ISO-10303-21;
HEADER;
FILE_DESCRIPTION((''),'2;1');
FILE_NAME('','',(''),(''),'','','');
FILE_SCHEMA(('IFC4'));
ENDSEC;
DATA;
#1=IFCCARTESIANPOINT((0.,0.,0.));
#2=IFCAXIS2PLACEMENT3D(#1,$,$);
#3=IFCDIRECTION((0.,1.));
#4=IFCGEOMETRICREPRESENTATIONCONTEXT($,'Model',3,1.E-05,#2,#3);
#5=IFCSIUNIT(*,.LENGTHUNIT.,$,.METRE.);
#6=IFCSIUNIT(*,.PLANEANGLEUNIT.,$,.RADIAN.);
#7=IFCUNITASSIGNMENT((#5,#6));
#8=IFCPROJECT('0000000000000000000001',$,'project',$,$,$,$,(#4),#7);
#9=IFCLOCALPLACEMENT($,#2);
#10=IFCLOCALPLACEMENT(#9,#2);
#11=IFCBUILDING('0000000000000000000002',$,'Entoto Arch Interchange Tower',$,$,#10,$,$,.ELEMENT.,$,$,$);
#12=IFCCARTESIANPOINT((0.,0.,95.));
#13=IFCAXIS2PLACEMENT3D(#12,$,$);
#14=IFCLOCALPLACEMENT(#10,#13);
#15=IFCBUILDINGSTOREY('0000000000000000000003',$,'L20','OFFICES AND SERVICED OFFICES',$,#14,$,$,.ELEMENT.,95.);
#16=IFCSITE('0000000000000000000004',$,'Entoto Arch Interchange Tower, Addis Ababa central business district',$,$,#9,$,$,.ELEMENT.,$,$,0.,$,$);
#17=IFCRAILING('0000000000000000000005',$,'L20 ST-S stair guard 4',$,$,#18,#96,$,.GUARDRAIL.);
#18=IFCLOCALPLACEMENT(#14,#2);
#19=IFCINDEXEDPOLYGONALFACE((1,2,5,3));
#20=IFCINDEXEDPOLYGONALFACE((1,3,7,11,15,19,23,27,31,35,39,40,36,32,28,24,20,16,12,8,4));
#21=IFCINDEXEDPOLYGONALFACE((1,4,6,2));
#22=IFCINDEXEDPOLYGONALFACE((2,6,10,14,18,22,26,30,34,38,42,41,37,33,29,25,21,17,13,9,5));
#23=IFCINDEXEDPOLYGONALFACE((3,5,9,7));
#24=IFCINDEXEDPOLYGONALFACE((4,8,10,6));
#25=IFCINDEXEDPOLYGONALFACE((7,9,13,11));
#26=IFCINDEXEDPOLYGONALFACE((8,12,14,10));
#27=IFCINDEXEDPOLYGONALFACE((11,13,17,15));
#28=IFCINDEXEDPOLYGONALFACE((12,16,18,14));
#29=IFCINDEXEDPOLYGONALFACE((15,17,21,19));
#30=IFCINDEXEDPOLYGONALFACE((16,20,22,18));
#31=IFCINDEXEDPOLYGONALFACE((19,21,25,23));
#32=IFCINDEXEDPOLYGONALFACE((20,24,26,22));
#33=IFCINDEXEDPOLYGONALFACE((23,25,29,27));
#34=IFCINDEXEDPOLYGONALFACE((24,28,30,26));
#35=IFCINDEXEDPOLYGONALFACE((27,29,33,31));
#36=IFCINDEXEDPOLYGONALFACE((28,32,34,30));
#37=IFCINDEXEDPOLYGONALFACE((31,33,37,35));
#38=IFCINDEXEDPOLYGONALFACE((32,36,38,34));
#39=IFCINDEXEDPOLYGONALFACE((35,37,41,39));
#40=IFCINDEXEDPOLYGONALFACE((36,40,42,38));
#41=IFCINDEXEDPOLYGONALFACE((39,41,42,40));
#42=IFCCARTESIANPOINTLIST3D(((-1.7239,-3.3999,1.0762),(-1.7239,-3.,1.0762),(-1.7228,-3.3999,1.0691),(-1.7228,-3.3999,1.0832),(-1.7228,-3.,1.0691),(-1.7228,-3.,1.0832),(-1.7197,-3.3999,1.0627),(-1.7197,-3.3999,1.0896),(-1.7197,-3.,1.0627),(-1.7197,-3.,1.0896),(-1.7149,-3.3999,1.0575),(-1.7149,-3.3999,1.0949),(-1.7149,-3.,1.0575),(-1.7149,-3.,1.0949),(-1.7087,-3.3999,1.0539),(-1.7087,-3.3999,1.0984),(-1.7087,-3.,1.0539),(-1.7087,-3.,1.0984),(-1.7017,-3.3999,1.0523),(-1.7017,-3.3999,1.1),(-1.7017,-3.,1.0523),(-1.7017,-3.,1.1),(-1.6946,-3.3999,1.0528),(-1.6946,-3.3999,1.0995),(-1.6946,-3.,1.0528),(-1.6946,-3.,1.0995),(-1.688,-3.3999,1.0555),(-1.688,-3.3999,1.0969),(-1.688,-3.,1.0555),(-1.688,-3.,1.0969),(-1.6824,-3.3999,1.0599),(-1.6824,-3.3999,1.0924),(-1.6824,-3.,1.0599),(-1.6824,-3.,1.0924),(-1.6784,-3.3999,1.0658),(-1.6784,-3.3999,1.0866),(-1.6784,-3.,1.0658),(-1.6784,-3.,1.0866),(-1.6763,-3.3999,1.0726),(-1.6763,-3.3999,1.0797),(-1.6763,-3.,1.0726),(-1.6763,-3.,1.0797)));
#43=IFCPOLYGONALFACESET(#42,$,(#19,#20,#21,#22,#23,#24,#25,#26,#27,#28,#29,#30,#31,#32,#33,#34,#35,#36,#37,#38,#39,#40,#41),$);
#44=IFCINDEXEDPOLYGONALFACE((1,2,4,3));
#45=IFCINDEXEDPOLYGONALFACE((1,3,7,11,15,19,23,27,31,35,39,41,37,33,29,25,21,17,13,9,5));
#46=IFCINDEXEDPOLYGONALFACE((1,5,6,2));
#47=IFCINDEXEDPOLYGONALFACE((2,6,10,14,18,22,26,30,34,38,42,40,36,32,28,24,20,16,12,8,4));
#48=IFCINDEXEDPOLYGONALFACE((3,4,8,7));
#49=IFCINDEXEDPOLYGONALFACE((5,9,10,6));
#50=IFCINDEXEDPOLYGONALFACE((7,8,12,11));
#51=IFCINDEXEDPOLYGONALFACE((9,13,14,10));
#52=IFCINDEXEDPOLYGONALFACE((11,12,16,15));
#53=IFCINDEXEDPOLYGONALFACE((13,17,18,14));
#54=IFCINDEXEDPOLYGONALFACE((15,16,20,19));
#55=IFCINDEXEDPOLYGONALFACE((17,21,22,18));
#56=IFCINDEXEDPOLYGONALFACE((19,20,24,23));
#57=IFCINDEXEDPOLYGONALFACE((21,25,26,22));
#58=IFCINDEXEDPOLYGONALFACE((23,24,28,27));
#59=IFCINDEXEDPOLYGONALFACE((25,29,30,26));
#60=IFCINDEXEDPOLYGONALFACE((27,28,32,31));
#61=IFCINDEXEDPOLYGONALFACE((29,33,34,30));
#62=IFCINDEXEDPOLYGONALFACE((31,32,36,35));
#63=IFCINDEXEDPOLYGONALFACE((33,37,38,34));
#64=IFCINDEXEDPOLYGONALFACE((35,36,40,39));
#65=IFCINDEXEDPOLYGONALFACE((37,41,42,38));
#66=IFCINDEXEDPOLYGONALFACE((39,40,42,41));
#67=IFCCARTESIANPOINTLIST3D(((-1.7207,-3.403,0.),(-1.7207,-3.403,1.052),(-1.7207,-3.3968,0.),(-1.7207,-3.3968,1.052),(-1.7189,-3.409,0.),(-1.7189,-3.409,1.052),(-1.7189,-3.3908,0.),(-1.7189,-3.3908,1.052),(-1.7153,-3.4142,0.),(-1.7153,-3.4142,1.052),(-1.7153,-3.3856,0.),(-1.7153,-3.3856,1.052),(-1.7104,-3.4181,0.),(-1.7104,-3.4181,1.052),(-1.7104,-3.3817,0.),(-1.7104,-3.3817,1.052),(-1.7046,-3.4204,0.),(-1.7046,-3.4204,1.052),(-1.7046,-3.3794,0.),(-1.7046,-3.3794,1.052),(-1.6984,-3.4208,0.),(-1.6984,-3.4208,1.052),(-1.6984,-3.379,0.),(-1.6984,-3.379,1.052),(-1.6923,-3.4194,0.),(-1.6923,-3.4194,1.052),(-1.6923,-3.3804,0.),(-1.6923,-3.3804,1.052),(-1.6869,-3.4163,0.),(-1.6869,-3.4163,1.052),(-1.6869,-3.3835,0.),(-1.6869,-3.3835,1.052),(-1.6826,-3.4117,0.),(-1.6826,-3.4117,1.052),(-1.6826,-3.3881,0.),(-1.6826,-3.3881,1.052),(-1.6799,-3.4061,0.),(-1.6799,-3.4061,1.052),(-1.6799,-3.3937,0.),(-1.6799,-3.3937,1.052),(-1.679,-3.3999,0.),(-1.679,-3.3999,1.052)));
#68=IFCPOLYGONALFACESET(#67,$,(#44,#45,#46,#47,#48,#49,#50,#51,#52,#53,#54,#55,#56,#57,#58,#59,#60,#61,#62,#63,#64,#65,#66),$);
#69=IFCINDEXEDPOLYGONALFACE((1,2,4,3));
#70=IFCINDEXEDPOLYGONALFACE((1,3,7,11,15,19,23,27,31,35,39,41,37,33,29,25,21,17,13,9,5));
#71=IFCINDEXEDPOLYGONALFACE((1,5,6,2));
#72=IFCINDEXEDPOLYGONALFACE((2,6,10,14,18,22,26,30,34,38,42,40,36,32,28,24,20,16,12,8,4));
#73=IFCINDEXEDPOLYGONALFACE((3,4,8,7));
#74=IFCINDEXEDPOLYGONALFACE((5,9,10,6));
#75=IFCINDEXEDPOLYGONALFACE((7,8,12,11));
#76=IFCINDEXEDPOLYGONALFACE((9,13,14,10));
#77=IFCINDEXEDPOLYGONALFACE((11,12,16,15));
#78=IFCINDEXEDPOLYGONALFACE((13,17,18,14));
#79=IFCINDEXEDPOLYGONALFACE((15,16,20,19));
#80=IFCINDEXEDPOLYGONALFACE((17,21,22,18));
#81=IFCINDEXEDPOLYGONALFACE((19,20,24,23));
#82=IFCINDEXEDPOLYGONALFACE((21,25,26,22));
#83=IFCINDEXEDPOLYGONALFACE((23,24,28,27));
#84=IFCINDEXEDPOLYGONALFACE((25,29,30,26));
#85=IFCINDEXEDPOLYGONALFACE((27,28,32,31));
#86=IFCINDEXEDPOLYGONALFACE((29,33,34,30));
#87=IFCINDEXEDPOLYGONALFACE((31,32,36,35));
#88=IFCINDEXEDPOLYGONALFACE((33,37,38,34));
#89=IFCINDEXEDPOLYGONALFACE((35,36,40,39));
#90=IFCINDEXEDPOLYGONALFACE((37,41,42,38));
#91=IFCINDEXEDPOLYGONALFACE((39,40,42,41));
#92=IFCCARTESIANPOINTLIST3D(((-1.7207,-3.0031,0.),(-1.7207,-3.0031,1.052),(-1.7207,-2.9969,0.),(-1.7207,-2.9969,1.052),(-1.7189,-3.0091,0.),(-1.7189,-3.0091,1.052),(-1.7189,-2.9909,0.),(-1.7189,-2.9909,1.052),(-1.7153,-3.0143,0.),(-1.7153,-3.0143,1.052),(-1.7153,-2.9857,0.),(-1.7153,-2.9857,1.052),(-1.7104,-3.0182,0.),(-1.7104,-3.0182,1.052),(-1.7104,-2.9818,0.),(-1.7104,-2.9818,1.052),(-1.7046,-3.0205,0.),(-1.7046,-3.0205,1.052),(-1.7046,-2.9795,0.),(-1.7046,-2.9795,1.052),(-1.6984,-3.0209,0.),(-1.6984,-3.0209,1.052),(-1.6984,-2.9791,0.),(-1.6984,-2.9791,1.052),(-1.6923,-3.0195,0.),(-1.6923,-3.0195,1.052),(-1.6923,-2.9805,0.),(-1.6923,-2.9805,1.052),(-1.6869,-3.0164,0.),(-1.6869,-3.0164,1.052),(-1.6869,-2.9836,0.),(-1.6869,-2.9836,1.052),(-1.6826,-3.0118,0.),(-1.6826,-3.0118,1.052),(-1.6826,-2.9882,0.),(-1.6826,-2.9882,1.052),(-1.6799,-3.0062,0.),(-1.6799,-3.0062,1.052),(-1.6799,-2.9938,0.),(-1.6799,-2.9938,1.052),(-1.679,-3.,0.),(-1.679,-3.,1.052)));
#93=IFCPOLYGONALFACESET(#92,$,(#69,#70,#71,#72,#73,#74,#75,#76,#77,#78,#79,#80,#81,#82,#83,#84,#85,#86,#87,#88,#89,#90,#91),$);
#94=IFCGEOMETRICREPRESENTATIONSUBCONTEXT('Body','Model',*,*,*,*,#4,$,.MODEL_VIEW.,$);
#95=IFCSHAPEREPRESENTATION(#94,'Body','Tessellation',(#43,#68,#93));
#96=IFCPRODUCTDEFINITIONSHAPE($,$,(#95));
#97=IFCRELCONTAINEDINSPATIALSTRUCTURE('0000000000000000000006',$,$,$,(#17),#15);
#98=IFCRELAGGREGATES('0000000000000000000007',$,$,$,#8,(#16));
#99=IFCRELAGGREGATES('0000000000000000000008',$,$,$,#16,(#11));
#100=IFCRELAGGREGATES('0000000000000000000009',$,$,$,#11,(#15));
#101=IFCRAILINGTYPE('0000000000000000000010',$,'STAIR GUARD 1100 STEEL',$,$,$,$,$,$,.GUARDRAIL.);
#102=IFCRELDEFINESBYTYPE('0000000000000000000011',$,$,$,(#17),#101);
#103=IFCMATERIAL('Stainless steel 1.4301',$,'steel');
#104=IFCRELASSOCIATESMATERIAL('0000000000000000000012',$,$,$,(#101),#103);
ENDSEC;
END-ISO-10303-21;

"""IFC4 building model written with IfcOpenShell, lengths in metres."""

from ifc_helpers import new_model, si_unit, direction, frame, origin, origin_2d, place, context, subcontext, project, spatial, circle, extrude, material, type_object, element, save


model = new_model("IFC4")

# Units and contexts
model_context = context("Model", 3, precision=1e-05, world=origin(), true_north=direction((0.0, 1.0)))
body_context = subcontext(model_context, "Body", "Model", "MODEL_VIEW")
ifc_project = project(units=[si_unit("LENGTHUNIT", "METRE"), si_unit("PLANEANGLEUNIT", "RADIAN")], contexts=[model_context])

# Site, building, storey
site_placement = place(None, origin())
site = spatial("IfcSite", under=ifc_project, at=site_placement, Name="Entoto Arch Interchange Tower, Addis Ababa central business district", CompositionType="ELEMENT", RefElevation=0.0)
building_placement = place(site_placement, origin())
building = spatial("IfcBuilding", under=site, at=building_placement, Name="Entoto Arch Interchange Tower", CompositionType="ELEMENT")
storey_placement = place(building_placement, frame((0.0, 0.0, 95.0)))
storey = spatial("IfcBuildingStorey", under=building, at=storey_placement, Name="L20", Description="OFFICES AND SERVICED OFFICES", CompositionType="ELEMENT", Elevation=95.0)

# Railing
ifc_material_1 = material(Name="Stainless steel 1.4301", Category="steel")
railing_type = type_object("IfcRailingType", Name="STAIR GUARD 1100 STEEL", PredefinedType="GUARDRAIL", material=ifc_material_1)
railing_1_placement = place(storey_placement, frame((-1.7, -3.3999, 0.0)))
element("IfcRailing", 1, at=railing_1_placement, inside=storey, type_object=railing_type, Name="L20 ST-S stair guard 4", PredefinedType="GUARDRAIL", context=body_context, shape_type="SweptSolid", body=[
    extrude(circle(Radius=0.0239, at=origin_2d()), frame((0.0, 0.0, 1.0762), z_axis=(0.0, 1.0, 0.0), x_axis=(-1.0, 0.0, 0.0)), (0.0, 0.0, 1.0), 0.3999),
    extrude(circle(Radius=0.021, at=origin_2d()), origin(), (0.0, 0.0, 1.0), 1.052),
    extrude(circle(Radius=0.021, at=origin_2d()), frame((0.0, 0.3999, 0.0)), (0.0, 0.0, 1.0), 1.052),
])

save(model, "model.ifc")
